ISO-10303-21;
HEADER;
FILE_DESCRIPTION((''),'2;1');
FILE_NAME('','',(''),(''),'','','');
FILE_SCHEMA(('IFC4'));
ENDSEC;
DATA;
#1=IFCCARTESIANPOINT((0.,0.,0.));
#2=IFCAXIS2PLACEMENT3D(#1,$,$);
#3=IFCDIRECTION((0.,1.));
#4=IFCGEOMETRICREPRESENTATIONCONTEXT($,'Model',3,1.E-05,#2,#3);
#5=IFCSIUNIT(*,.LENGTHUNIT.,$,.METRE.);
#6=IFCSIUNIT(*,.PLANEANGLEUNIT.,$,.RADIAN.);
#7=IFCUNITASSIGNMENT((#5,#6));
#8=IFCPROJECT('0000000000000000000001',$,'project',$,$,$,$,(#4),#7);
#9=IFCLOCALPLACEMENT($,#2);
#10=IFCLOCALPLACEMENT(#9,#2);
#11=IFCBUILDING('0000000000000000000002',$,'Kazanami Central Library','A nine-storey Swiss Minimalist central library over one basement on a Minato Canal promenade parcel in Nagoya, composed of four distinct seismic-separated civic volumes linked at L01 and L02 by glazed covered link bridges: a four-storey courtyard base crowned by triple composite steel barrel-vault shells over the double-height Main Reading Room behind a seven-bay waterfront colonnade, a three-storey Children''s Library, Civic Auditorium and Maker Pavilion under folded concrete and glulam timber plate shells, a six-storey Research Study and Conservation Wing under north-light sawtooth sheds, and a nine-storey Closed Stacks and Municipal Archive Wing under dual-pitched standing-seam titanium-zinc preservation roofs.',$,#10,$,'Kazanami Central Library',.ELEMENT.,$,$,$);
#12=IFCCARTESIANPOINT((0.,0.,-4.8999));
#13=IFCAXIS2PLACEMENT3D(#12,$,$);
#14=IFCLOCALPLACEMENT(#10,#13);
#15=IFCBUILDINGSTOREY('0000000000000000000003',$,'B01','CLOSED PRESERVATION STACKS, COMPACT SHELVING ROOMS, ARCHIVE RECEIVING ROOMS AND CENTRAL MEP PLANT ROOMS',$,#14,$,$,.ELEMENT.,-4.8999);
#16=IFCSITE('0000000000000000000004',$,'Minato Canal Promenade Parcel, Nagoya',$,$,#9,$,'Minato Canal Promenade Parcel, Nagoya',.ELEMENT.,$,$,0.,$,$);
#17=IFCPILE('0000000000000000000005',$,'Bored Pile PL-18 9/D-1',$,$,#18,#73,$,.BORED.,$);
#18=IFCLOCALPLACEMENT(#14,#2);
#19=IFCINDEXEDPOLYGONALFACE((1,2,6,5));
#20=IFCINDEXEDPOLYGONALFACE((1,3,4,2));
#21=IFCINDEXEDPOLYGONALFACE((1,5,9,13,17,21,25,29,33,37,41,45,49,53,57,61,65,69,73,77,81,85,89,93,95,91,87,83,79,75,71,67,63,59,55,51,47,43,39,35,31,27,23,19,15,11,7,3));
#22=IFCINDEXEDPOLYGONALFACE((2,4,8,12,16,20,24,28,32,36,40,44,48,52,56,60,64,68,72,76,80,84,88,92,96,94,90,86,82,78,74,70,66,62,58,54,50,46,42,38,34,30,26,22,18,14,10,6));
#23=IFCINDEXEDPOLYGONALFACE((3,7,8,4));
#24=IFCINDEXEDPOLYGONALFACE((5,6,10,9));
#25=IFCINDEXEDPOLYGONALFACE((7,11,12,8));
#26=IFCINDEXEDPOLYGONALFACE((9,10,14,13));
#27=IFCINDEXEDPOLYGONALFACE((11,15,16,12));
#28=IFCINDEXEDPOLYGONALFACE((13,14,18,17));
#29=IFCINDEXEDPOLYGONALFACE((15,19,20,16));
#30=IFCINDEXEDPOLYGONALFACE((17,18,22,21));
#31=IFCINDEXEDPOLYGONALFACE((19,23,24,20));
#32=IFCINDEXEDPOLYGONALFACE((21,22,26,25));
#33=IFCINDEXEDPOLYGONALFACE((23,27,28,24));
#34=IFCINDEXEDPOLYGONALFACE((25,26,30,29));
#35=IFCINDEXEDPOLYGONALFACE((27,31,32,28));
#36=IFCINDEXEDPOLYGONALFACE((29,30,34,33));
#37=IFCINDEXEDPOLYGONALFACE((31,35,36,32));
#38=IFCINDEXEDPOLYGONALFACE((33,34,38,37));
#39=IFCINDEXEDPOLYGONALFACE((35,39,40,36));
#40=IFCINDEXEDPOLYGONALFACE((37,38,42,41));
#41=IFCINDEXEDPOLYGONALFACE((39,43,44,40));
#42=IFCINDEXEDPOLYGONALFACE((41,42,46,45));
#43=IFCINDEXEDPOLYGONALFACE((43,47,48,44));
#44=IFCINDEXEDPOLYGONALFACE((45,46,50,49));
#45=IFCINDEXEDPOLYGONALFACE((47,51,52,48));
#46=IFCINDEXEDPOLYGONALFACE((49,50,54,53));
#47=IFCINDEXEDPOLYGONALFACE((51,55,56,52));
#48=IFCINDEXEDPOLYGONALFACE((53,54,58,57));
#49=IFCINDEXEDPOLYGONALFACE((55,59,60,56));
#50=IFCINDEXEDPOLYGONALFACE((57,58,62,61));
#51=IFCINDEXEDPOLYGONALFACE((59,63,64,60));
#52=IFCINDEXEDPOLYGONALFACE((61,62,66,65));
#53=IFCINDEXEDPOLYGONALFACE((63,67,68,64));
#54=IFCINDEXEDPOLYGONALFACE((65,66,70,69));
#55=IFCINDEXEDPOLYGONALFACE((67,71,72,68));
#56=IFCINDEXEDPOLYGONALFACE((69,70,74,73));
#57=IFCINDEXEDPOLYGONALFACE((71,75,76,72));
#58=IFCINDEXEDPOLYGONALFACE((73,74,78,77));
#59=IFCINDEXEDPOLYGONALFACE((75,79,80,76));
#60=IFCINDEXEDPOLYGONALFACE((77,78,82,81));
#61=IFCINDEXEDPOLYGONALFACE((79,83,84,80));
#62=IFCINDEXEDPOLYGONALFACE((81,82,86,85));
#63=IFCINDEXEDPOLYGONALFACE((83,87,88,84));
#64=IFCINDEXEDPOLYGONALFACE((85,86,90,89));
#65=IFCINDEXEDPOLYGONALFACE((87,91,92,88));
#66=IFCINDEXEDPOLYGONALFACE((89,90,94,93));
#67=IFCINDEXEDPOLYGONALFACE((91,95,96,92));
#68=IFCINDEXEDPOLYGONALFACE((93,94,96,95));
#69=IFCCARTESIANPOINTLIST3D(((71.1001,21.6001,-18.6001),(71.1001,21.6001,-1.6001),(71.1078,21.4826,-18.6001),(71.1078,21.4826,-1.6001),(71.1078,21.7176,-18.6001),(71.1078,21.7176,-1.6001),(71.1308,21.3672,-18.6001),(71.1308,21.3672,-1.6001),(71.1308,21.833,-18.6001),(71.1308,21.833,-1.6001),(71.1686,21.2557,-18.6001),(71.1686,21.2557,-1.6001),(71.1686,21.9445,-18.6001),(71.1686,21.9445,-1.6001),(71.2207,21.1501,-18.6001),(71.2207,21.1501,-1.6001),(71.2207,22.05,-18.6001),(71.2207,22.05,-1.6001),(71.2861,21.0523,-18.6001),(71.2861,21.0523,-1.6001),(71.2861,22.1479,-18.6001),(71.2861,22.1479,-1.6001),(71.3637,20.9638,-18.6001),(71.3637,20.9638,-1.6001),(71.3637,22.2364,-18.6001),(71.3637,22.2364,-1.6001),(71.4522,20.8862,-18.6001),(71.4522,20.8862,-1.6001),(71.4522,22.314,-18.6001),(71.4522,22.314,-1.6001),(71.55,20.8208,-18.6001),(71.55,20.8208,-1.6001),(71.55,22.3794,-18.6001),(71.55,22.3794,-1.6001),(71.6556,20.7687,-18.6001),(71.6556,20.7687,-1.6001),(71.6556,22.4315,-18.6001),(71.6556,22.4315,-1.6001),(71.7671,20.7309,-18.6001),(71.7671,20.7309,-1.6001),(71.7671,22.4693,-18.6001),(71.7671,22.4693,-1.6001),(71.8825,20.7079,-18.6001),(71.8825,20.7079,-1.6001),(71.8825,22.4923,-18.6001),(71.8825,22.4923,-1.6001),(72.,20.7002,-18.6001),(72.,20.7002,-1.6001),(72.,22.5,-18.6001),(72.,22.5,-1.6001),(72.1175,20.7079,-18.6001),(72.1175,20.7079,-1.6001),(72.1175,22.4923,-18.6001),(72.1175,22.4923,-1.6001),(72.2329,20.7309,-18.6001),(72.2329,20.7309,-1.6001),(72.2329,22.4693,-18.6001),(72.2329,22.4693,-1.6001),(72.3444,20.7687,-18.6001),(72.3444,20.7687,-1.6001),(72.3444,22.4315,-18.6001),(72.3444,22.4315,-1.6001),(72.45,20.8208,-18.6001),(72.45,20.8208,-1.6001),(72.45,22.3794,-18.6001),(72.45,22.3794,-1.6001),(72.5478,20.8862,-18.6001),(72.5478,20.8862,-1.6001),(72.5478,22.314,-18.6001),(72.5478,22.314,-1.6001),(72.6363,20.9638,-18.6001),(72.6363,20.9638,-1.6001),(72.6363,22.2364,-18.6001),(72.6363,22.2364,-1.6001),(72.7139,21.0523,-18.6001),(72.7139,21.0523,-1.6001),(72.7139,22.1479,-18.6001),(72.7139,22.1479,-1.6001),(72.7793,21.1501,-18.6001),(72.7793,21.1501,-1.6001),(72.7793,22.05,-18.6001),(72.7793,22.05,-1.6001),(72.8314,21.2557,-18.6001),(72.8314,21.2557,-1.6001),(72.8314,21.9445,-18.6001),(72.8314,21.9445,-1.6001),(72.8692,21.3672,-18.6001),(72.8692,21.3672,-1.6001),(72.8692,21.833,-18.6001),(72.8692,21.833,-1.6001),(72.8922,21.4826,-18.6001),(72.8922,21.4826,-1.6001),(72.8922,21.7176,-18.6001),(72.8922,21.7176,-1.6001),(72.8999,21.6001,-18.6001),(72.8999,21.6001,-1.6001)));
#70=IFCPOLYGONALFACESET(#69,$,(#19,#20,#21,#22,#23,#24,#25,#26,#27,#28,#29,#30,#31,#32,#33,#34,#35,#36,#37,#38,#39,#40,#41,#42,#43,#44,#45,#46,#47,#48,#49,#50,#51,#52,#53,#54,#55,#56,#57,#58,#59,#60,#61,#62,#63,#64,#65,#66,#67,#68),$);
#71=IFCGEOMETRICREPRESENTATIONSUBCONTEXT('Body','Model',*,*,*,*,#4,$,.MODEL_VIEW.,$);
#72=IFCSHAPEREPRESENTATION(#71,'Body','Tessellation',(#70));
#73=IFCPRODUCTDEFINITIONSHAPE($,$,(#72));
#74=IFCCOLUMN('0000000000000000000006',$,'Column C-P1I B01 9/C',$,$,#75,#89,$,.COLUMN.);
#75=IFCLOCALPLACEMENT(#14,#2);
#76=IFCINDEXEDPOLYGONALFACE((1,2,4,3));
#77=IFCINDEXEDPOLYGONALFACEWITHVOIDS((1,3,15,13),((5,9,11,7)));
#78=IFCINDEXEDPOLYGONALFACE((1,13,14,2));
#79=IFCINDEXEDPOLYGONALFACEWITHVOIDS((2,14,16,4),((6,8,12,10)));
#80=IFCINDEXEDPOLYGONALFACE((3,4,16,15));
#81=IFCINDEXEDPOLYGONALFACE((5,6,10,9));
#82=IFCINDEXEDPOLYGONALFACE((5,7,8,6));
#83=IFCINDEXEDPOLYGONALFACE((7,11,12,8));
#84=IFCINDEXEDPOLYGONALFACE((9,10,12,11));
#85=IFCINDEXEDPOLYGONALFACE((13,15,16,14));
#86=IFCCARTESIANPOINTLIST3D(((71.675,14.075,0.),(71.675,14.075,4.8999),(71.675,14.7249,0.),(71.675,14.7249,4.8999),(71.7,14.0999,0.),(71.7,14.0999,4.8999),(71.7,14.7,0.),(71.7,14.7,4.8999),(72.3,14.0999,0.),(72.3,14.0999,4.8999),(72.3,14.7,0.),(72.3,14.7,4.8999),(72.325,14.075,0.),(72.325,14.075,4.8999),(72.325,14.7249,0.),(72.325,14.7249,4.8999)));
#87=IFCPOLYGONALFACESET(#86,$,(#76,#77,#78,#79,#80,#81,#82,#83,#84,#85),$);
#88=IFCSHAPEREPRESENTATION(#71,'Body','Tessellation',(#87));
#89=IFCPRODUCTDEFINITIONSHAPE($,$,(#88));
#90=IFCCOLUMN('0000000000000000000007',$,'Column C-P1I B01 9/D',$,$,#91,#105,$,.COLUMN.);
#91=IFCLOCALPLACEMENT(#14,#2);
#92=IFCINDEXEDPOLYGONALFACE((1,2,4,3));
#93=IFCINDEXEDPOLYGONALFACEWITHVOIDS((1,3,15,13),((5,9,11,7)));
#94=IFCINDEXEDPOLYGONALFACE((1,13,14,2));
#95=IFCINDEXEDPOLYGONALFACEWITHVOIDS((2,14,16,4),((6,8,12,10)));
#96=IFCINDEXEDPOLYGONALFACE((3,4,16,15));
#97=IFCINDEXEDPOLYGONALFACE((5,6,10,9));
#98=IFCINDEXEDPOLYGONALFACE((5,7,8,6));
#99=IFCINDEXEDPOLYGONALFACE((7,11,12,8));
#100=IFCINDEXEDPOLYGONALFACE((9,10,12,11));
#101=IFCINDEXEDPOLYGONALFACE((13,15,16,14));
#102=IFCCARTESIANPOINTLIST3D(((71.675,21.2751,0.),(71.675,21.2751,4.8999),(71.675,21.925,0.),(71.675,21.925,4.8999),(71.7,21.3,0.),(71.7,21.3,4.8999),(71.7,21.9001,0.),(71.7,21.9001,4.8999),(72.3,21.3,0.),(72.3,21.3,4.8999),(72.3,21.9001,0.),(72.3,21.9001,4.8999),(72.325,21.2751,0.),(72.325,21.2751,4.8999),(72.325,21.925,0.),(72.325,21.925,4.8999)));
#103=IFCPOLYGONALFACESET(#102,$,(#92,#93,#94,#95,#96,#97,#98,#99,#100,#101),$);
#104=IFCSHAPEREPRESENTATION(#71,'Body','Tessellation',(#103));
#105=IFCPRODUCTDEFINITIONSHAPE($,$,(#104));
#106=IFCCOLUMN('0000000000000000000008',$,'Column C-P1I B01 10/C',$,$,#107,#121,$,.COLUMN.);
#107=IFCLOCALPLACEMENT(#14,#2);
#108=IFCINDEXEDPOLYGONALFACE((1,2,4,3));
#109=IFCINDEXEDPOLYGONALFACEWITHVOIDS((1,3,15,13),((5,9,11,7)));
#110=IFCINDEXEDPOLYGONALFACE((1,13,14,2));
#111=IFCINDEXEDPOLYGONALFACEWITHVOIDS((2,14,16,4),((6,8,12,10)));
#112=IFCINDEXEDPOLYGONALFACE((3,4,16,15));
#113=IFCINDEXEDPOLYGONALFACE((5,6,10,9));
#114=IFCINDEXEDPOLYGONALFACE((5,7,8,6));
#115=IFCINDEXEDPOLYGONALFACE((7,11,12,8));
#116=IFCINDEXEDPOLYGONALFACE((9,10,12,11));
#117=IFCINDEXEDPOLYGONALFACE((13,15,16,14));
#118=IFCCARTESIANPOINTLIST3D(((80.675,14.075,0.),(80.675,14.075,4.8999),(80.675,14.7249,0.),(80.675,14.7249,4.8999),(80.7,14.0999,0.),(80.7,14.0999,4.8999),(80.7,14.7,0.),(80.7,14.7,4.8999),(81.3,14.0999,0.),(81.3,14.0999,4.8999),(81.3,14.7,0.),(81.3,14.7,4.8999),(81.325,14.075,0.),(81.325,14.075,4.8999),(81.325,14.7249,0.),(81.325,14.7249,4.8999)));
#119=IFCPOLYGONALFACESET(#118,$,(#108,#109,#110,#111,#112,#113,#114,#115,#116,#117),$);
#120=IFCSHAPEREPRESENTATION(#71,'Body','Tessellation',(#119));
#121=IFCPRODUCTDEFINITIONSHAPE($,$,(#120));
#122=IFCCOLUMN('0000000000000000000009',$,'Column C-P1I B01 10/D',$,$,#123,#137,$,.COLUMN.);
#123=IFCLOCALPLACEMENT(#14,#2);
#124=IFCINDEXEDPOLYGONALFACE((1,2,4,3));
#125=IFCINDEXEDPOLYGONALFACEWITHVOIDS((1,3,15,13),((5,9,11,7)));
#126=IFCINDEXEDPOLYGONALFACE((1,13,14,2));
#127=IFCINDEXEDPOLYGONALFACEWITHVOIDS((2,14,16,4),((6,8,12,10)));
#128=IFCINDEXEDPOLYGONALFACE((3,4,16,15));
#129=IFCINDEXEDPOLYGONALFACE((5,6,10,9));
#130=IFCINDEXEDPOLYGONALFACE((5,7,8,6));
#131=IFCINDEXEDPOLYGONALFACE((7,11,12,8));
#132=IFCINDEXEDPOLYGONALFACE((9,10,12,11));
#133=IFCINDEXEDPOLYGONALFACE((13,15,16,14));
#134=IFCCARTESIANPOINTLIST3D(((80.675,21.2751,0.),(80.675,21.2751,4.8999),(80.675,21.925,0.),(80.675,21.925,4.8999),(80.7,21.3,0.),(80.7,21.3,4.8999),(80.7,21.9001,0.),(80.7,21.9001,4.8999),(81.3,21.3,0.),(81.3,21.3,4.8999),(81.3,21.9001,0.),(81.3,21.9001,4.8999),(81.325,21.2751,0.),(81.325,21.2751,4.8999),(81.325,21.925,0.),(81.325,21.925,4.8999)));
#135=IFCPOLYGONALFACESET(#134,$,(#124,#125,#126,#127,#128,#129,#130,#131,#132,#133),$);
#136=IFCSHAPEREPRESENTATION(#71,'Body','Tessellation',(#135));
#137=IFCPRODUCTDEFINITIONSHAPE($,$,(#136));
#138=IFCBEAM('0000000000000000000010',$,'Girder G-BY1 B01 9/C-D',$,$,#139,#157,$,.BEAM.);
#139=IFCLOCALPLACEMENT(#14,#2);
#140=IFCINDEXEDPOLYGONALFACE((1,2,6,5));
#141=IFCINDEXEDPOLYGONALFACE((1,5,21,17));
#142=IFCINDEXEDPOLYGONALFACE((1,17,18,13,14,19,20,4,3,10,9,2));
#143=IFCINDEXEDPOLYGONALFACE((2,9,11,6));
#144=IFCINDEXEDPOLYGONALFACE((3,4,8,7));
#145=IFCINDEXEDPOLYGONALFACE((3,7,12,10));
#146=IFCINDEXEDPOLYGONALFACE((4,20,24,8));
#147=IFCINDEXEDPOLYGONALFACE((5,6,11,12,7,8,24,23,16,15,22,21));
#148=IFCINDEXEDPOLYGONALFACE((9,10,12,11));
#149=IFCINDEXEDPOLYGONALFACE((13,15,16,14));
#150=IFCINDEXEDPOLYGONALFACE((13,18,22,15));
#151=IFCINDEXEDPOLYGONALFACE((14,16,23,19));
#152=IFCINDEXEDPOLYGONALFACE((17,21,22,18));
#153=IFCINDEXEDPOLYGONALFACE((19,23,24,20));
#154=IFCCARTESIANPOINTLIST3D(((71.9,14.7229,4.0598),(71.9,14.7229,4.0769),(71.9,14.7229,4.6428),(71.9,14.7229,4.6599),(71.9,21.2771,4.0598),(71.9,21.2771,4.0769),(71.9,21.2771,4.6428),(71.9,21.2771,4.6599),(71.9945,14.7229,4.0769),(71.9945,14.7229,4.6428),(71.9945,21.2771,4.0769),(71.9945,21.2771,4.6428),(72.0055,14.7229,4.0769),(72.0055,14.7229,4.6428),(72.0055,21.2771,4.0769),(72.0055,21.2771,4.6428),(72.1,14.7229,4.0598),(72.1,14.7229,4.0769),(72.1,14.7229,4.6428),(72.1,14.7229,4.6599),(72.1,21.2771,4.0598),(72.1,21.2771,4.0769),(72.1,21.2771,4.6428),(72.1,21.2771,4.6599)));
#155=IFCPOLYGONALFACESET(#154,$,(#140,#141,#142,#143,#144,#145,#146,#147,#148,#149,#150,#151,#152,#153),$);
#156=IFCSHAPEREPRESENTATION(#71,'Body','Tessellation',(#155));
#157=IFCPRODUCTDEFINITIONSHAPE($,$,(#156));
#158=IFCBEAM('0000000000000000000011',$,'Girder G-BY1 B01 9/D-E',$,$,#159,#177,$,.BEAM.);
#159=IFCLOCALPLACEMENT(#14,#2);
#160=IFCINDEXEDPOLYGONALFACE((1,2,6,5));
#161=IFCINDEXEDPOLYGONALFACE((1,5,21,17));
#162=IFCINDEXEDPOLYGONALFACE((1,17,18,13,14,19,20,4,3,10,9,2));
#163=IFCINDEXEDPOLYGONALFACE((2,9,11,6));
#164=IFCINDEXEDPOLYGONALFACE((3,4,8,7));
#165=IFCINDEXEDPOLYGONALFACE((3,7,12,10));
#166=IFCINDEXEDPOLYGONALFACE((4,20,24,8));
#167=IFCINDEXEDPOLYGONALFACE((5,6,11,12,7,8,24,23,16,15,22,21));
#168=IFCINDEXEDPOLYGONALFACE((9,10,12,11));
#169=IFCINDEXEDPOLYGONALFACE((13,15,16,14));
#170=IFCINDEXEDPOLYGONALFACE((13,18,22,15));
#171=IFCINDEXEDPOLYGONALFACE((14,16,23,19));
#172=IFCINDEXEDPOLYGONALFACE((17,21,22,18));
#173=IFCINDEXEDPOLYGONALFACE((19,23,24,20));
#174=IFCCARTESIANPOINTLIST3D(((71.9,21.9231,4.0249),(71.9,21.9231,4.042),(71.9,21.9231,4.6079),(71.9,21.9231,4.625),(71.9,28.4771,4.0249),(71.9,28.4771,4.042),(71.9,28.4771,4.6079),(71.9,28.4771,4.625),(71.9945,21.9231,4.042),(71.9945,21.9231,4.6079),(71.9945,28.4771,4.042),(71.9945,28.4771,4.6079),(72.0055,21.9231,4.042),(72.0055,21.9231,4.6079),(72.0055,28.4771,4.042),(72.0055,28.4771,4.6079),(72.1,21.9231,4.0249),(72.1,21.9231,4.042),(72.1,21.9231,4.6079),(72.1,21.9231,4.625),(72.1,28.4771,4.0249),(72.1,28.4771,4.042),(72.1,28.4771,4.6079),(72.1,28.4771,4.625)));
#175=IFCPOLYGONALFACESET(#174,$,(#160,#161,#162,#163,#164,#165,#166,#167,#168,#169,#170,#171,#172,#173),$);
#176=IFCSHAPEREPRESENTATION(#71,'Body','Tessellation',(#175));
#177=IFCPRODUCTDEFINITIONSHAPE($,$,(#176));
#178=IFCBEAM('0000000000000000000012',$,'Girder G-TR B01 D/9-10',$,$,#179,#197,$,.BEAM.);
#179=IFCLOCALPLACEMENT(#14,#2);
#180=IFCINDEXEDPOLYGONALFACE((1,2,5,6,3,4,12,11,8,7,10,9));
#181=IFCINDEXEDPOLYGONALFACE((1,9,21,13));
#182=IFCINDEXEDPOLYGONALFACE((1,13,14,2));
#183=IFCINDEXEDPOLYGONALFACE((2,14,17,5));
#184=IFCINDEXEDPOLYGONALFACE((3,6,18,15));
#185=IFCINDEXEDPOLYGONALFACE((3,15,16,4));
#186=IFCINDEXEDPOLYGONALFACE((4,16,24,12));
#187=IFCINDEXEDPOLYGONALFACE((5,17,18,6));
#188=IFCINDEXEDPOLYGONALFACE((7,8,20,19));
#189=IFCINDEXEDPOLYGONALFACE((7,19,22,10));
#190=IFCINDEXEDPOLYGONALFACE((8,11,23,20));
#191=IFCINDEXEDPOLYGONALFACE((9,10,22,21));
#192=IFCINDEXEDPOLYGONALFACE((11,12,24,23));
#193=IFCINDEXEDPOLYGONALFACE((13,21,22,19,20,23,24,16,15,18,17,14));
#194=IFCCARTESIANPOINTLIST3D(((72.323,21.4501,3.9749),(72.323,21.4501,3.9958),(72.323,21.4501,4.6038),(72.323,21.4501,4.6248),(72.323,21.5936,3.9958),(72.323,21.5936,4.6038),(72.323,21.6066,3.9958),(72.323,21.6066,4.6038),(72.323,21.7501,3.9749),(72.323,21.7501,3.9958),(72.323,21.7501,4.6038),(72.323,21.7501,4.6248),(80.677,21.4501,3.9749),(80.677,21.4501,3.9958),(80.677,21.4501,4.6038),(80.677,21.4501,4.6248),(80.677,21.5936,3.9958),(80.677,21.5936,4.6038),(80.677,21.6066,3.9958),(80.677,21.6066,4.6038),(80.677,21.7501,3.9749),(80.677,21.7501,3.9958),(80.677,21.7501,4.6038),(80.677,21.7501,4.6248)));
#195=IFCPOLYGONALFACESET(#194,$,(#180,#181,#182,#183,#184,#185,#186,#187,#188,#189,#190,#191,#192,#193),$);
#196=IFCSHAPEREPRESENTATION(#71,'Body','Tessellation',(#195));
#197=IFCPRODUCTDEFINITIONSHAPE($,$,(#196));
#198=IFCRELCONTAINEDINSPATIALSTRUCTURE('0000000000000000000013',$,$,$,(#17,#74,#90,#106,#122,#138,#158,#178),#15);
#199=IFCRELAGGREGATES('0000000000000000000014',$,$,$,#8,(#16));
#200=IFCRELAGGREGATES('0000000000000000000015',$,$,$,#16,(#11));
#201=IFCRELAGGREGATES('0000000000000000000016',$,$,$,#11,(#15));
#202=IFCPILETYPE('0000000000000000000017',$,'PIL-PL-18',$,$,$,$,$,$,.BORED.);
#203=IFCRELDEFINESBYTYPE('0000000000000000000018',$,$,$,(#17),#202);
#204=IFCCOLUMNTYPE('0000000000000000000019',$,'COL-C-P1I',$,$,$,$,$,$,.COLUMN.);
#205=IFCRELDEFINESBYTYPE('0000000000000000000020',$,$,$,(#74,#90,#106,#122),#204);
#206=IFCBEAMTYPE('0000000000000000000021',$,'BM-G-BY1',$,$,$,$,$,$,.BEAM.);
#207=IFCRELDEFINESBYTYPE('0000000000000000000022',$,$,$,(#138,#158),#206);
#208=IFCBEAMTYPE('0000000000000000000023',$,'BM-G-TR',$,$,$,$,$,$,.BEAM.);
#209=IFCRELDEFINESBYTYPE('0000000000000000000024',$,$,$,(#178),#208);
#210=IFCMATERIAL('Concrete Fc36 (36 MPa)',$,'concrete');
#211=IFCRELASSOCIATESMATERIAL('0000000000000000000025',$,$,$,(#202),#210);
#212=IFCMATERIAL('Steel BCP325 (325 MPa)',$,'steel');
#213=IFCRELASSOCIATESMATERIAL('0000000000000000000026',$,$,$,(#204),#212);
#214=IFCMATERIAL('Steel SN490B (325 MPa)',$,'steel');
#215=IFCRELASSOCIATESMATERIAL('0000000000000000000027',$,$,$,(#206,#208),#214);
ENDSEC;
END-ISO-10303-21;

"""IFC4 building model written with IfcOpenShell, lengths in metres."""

from ifc_helpers import new_model, si_unit, direction, frame, origin, origin_2d, place, context, subcontext, project, spatial, hollow_rectangle, circle, i_section, extrude, material, material_profile, profile_set, type_object, element, save


model = new_model("IFC4")

# Units and contexts
model_context = context("Model", 3, precision=1e-05, world=origin(), true_north=direction((0.0, 1.0)))
body_context = subcontext(model_context, "Body", "Model", "MODEL_VIEW")
ifc_project = project(units=[si_unit("LENGTHUNIT", "METRE"), si_unit("PLANEANGLEUNIT", "RADIAN")], contexts=[model_context])

# Site, building, storey
site_placement = place(None, origin())
site = spatial("IfcSite", under=ifc_project, at=site_placement, Name="Minato Canal Promenade Parcel, Nagoya", LongName="Minato Canal Promenade Parcel, Nagoya", CompositionType="ELEMENT", RefElevation=0.0)
building_placement = place(site_placement, origin())
building = spatial("IfcBuilding", under=site, at=building_placement, Name="Kazanami Central Library", Description="A nine-storey Swiss Minimalist central library over one basement on a Minato Canal promenade parcel in Nagoya, composed of four distinct seismic-separated civic volumes linked at L01 and L02 by glazed covered link bridges: a four-storey courtyard base crowned by triple composite steel barrel-vault shells over the double-height Main Reading Room behind a seven-bay waterfront colonnade, a three-storey Children's Library, Civic Auditorium and Maker Pavilion under folded concrete and glulam timber plate shells, a six-storey Research Study and Conservation Wing under north-light sawtooth sheds, and a nine-storey Closed Stacks and Municipal Archive Wing under dual-pitched standing-seam titanium-zinc preservation roofs.", LongName="Kazanami Central Library", CompositionType="ELEMENT")
storey_placement = place(building_placement, frame((0.0, 0.0, -4.8999)))
storey = spatial("IfcBuildingStorey", under=building, at=storey_placement, Name="B01", Description="CLOSED PRESERVATION STACKS, COMPACT SHELVING ROOMS, ARCHIVE RECEIVING ROOMS AND CENTRAL MEP PLANT ROOMS", CompositionType="ELEMENT", Elevation=-4.8999)

# Shared definitions
ifc_material_1 = material(Name="Concrete Fc36 (36 MPa)", Category="concrete")

# Pile
ifc_material_profile_1 = material_profile(ifc_material_1, circle(Radius=0.8999, at=origin_2d()), Name="BORED-D1800")
ifc_profile_set_1 = profile_set([ifc_material_profile_1], Name="Concrete Fc36 (36 MPa)")
pile_type_1 = type_object("IfcPileType", Name="PIL-PL-18", PredefinedType="BORED", material=ifc_profile_set_1)
for number, where, z_axis, x_axis, name in (
    (1, (72.0, 21.6001, -1.6001), (0.0, 0.0, -1.0), (1.0, 0.0, 0.0), "Bored Pile PL-18 9/D-1"),
):
    element("IfcPile", number, at=place(storey_placement, frame(where, z_axis=z_axis, x_axis=x_axis)), inside=storey, type_object=pile_type_1, Name=name, PredefinedType="BORED", context=body_context, shape_type="SweptSolid", body=[
        extrude(circle(Radius=0.8999, at=origin_2d()), origin(), (0.0, 0.0, 1.0), 17.0),
    ])

# Columns
ifc_material_2 = material(Name="Steel BCP325 (325 MPa)", Category="steel")
ifc_material_profile_2 = material_profile(ifc_material_2, hollow_rectangle(XDim=0.6499, YDim=0.6499, WallThickness=0.0249, at=origin_2d()), Name="BCP-650x650x25")
ifc_profile_set_2 = profile_set([ifc_material_profile_2], Name="Steel BCP325 (325 MPa)")
column_type = type_object("IfcColumnType", Name="COL-C-P1I", PredefinedType="COLUMN", material=ifc_profile_set_2)
for number, where, z_axis, x_axis, name in (
    (2, (72.0, 14.3999, 0.0), (0.0, 0.0, 1.0), (1.0, 0.0, 0.0), "Column C-P1I B01 9/C"),
    (3, (72.0, 21.6001, 0.0), (0.0, 0.0, 1.0), (1.0, 0.0, 0.0), "Column C-P1I B01 9/D"),
    (4, (81.0, 14.3999, 0.0), (0.0, 0.0, 1.0), (1.0, 0.0, 0.0), "Column C-P1I B01 10/C"),
    (5, (81.0, 21.6001, 0.0), (0.0, 0.0, 1.0), (1.0, 0.0, 0.0), "Column C-P1I B01 10/D"),
):
    element("IfcColumn", number, at=place(storey_placement, frame(where, z_axis=z_axis, x_axis=x_axis)), inside=storey, type_object=column_type, Name=name, PredefinedType="COLUMN", context=body_context, shape_type="SweptSolid", body=[
        extrude(hollow_rectangle(XDim=0.6499, YDim=0.6499, WallThickness=0.0249, at=origin_2d()), origin(), (0.0, 0.0, 1.0), 4.8999),
    ])

# Beams
ifc_material_3 = material(Name="Steel SN490B (325 MPa)", Category="steel")
ifc_material_profile_3 = material_profile(ifc_material_3, i_section(OverallWidth=0.2, OverallDepth=0.6001, WebThickness=0.011, FlangeThickness=0.0171, at=origin_2d()), Name="H-600x200x11x17")
ifc_profile_set_3 = profile_set([ifc_material_profile_3], Name="Steel SN490B (325 MPa)")
beam_type_1 = type_object("IfcBeamType", Name="BM-G-BY1", PredefinedType="BEAM", material=ifc_profile_set_3)
beam_1_placement = place(storey_placement, frame((72.0, 14.7229, 4.3599), z_axis=(0.0, 1.0, 0.0), x_axis=(-1.0, 0.0, 0.0)))
element("IfcBeam", 6, at=beam_1_placement, inside=storey, type_object=beam_type_1, Name="Girder G-BY1 B01 9/C-D", PredefinedType="BEAM", context=body_context, shape_type="SweptSolid", body=[
    extrude(i_section(OverallWidth=0.2, OverallDepth=0.6001, WebThickness=0.011, FlangeThickness=0.0171, at=origin_2d()), origin(), (0.0, 0.0, 1.0), 6.5542),
])
beam_2_placement = place(storey_placement, frame((72.0, 21.9231, 4.325), z_axis=(0.0, 1.0, 0.0), x_axis=(-1.0, 0.0, 0.0)))
element("IfcBeam", 7, at=beam_2_placement, inside=storey, type_object=beam_type_1, Name="Girder G-BY1 B01 9/D-E", PredefinedType="BEAM", context=body_context, shape_type="SweptSolid", body=[
    extrude(i_section(OverallWidth=0.2, OverallDepth=0.6001, WebThickness=0.011, FlangeThickness=0.0171, at=origin_2d()), origin(), (0.0, 0.0, 1.0), 6.554),
])
ifc_material_profile_4 = material_profile(ifc_material_3, i_section(OverallWidth=0.3, OverallDepth=0.6499, WebThickness=0.0129, FlangeThickness=0.021, at=origin_2d()), Name="H-650x300x13x21")
ifc_profile_set_4 = profile_set([ifc_material_profile_4], Name="Steel SN490B (325 MPa)")
beam_type_2 = type_object("IfcBeamType", Name="BM-G-TR", PredefinedType="BEAM", material=ifc_profile_set_4)
beam_3_placement = place(storey_placement, frame((72.323, 21.6001, 4.2998), z_axis=(1.0, 0.0, 0.0), x_axis=(0.0, 1.0, 0.0)))
element("IfcBeam", 8, at=beam_3_placement, inside=storey, type_object=beam_type_2, Name="Girder G-TR B01 D/9-10", PredefinedType="BEAM", context=body_context, shape_type="SweptSolid", body=[
    extrude(i_section(OverallWidth=0.3, OverallDepth=0.6499, WebThickness=0.0129, FlangeThickness=0.021, at=origin_2d()), origin(), (0.0, 0.0, 1.0), 8.354),
])

save(model, "model.ifc")
